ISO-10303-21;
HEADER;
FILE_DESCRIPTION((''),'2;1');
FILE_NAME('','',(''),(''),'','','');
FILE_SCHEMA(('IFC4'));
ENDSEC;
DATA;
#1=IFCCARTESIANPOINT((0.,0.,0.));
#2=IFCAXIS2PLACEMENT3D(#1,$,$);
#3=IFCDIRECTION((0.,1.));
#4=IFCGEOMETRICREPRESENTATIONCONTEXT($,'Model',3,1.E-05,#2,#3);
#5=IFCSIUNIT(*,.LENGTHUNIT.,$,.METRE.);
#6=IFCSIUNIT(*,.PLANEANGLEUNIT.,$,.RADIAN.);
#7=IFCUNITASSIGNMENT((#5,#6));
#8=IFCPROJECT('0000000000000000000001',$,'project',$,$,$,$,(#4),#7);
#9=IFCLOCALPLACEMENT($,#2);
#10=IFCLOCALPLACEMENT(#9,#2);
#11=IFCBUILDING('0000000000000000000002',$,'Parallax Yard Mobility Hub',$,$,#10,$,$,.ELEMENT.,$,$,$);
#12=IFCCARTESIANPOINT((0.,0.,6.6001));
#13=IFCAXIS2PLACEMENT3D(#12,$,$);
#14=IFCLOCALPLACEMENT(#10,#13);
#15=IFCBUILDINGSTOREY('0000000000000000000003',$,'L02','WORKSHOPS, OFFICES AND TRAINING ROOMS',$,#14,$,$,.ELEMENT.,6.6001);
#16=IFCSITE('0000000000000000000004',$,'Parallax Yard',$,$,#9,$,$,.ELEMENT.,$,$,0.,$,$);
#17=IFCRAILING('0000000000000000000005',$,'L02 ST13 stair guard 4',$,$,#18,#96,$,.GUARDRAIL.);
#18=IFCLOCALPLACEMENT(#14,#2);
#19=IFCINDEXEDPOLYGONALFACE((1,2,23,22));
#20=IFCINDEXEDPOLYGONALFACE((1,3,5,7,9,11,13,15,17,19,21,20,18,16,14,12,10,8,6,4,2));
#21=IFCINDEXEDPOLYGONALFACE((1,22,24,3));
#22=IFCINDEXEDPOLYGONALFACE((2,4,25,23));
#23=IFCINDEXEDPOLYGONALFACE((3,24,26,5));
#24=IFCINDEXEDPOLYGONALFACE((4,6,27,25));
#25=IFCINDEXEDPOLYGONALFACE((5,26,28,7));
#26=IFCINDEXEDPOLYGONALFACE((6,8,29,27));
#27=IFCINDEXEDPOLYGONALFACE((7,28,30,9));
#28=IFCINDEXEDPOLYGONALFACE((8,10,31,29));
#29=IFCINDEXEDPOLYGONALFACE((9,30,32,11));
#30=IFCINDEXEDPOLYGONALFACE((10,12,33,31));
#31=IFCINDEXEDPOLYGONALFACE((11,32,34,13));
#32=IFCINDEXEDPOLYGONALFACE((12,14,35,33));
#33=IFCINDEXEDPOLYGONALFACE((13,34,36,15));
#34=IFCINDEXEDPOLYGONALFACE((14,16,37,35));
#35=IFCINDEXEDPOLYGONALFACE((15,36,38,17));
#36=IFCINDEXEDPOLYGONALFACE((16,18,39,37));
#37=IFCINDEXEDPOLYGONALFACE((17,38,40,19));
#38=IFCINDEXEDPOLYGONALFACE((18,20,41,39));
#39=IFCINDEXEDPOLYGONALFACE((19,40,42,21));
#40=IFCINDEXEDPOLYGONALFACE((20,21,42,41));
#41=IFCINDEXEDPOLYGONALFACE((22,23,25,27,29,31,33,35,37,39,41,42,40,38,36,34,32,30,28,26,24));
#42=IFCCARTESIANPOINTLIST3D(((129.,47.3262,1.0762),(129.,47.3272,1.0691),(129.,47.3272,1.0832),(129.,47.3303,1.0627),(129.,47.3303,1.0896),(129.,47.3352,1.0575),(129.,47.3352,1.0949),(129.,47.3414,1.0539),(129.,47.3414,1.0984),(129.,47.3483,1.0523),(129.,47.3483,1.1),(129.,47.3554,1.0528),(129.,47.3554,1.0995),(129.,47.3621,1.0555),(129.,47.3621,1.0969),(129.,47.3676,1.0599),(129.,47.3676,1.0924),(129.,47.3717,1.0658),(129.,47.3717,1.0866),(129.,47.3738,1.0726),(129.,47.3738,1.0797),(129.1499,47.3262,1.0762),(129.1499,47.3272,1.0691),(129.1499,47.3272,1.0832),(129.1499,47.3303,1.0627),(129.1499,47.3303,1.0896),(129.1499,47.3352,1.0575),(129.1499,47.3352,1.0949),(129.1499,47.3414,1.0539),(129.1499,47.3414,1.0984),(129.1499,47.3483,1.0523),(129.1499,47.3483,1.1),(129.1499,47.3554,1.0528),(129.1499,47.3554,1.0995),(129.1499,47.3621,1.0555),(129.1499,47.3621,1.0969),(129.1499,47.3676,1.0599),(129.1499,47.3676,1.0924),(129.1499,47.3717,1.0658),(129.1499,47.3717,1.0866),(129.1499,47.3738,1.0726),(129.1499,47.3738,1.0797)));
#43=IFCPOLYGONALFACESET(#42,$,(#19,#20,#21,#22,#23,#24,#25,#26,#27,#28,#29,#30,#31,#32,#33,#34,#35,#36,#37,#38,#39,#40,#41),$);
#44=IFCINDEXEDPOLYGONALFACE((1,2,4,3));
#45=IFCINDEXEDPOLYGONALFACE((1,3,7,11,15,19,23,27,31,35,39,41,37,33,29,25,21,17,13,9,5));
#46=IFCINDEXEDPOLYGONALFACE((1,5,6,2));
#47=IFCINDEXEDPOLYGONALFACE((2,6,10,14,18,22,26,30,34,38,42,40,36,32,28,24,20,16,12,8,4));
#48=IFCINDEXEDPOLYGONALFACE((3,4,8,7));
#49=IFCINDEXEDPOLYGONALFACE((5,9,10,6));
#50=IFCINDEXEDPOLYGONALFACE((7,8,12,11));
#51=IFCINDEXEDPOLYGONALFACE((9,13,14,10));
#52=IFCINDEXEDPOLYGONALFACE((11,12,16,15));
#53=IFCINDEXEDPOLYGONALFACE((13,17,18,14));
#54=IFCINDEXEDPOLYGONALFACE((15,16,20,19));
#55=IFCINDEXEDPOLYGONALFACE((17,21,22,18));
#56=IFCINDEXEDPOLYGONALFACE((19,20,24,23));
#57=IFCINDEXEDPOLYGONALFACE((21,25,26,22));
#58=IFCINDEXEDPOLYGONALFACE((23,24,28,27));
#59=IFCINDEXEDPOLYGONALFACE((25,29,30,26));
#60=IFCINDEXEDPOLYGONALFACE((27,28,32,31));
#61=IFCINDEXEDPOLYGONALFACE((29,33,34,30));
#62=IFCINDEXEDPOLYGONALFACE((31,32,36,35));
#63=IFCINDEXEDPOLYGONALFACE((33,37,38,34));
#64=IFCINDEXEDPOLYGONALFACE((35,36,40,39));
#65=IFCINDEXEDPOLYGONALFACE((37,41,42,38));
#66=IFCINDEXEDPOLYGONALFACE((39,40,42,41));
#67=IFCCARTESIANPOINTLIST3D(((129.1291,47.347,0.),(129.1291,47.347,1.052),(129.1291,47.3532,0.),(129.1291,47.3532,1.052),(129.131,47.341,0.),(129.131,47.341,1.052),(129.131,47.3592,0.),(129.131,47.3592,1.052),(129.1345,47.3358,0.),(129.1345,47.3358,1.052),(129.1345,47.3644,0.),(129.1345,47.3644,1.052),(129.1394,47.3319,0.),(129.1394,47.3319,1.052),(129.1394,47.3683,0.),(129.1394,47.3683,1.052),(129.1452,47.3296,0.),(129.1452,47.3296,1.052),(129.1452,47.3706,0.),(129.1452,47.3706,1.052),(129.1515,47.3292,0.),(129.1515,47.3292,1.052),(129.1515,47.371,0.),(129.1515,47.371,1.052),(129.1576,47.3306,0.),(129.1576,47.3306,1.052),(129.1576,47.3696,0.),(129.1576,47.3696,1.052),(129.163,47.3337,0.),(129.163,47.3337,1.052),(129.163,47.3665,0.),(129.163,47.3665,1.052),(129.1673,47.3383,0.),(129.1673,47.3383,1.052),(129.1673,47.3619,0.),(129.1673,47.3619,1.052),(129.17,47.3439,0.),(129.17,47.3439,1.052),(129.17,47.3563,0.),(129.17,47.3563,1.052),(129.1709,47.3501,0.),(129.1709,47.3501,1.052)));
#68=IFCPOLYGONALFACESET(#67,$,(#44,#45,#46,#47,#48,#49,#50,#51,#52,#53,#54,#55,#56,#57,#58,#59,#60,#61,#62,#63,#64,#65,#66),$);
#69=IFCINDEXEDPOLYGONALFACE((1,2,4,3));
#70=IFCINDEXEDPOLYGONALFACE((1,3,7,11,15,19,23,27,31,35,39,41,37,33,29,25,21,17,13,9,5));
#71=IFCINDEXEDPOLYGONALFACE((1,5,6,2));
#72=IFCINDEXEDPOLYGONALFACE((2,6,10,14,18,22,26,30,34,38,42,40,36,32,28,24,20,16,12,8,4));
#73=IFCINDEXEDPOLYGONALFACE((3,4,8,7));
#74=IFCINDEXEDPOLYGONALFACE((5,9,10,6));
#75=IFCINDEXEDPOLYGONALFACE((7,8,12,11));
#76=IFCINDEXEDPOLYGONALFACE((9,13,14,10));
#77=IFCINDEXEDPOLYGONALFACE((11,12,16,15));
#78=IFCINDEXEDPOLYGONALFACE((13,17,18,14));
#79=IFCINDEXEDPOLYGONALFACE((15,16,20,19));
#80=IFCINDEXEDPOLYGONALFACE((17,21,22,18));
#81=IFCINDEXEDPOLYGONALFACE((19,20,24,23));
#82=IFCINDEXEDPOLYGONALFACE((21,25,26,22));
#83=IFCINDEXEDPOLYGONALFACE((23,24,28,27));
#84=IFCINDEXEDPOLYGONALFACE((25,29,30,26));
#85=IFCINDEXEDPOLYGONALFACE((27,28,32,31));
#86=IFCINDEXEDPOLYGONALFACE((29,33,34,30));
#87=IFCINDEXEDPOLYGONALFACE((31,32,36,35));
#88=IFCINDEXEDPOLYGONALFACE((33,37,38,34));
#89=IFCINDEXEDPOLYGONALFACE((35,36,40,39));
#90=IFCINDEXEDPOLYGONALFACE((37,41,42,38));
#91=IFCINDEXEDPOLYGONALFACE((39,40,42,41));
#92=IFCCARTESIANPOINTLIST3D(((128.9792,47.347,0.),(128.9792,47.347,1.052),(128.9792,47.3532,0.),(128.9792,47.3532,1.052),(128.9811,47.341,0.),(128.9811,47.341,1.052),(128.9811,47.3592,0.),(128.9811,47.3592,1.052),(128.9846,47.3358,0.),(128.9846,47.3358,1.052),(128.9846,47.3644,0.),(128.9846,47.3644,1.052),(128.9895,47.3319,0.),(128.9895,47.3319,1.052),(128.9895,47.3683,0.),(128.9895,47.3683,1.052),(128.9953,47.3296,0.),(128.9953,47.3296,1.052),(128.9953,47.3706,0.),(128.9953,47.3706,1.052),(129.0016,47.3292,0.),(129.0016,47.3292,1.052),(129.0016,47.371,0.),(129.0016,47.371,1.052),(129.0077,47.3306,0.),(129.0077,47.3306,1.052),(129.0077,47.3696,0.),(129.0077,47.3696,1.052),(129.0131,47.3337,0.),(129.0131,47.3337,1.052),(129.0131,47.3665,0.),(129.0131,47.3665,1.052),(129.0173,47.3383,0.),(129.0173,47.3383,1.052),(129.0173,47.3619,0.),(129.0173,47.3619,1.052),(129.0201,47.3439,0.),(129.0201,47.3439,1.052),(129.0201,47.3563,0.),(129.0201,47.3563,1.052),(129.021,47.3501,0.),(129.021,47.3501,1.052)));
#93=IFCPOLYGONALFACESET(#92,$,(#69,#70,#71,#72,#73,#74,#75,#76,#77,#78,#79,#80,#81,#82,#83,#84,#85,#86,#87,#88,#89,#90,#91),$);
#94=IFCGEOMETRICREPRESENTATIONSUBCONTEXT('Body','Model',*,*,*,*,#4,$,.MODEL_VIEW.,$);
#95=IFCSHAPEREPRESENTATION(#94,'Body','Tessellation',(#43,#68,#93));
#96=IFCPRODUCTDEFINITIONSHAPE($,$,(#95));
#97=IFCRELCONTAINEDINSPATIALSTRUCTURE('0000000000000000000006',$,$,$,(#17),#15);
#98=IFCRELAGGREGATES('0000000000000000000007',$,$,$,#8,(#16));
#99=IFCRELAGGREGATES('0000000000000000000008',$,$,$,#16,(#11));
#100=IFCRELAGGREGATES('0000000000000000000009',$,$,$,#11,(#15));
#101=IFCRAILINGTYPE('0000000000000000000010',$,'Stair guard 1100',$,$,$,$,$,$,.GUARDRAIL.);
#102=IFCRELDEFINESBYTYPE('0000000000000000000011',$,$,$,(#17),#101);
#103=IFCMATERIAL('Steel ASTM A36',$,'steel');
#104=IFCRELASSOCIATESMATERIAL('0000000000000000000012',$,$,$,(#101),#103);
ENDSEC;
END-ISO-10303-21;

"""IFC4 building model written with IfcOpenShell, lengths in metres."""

from ifc_helpers import new_model, si_unit, direction, frame, origin, origin_2d, place, context, subcontext, project, spatial, circle, extrude, material, type_object, element, save


model = new_model("IFC4")

# Units and contexts
model_context = context("Model", 3, precision=1e-05, world=origin(), true_north=direction((0.0, 1.0)))
body_context = subcontext(model_context, "Body", "Model", "MODEL_VIEW")
ifc_project = project(units=[si_unit("LENGTHUNIT", "METRE"), si_unit("PLANEANGLEUNIT", "RADIAN")], contexts=[model_context])

# Site, building, storey
site_placement = place(None, origin())
site = spatial("IfcSite", under=ifc_project, at=site_placement, Name="Parallax Yard", CompositionType="ELEMENT", RefElevation=0.0)
building_placement = place(site_placement, origin())
building = spatial("IfcBuilding", under=site, at=building_placement, Name="Parallax Yard Mobility Hub", CompositionType="ELEMENT")
storey_placement = place(building_placement, frame((0.0, 0.0, 6.6001)))
storey = spatial("IfcBuildingStorey", under=building, at=storey_placement, Name="L02", Description="WORKSHOPS, OFFICES AND TRAINING ROOMS", CompositionType="ELEMENT", Elevation=6.6001)

# Railing
ifc_material_1 = material(Name="Steel ASTM A36", Category="steel")
railing_type_1 = type_object("IfcRailingType", Name="Stair guard 1100", PredefinedType="GUARDRAIL", material=ifc_material_1)
railing_1_placement = place(storey_placement, frame((129.1499, 47.3501, 0.0)))
element("IfcRailing", 1, at=railing_1_placement, inside=storey, type_object=railing_type_1, Name="L02 ST13 stair guard 4", PredefinedType="GUARDRAIL", context=body_context, shape_type="SweptSolid", body=[
    extrude(circle(Radius=0.0239, at=origin_2d()), frame((0.0, 0.0, 1.0762), z_axis=(-1.0, 0.0, 0.0), x_axis=(0.0, -1.0, 0.0)), (0.0, 0.0, 1.0), 0.1499),
    extrude(circle(Radius=0.021, at=origin_2d()), origin(), (0.0, 0.0, 1.0), 1.052),
    extrude(circle(Radius=0.021, at=origin_2d()), frame((-0.1499, 0.0, 0.0)), (0.0, 0.0, 1.0), 1.052),
])

save(model, "model.ifc")
